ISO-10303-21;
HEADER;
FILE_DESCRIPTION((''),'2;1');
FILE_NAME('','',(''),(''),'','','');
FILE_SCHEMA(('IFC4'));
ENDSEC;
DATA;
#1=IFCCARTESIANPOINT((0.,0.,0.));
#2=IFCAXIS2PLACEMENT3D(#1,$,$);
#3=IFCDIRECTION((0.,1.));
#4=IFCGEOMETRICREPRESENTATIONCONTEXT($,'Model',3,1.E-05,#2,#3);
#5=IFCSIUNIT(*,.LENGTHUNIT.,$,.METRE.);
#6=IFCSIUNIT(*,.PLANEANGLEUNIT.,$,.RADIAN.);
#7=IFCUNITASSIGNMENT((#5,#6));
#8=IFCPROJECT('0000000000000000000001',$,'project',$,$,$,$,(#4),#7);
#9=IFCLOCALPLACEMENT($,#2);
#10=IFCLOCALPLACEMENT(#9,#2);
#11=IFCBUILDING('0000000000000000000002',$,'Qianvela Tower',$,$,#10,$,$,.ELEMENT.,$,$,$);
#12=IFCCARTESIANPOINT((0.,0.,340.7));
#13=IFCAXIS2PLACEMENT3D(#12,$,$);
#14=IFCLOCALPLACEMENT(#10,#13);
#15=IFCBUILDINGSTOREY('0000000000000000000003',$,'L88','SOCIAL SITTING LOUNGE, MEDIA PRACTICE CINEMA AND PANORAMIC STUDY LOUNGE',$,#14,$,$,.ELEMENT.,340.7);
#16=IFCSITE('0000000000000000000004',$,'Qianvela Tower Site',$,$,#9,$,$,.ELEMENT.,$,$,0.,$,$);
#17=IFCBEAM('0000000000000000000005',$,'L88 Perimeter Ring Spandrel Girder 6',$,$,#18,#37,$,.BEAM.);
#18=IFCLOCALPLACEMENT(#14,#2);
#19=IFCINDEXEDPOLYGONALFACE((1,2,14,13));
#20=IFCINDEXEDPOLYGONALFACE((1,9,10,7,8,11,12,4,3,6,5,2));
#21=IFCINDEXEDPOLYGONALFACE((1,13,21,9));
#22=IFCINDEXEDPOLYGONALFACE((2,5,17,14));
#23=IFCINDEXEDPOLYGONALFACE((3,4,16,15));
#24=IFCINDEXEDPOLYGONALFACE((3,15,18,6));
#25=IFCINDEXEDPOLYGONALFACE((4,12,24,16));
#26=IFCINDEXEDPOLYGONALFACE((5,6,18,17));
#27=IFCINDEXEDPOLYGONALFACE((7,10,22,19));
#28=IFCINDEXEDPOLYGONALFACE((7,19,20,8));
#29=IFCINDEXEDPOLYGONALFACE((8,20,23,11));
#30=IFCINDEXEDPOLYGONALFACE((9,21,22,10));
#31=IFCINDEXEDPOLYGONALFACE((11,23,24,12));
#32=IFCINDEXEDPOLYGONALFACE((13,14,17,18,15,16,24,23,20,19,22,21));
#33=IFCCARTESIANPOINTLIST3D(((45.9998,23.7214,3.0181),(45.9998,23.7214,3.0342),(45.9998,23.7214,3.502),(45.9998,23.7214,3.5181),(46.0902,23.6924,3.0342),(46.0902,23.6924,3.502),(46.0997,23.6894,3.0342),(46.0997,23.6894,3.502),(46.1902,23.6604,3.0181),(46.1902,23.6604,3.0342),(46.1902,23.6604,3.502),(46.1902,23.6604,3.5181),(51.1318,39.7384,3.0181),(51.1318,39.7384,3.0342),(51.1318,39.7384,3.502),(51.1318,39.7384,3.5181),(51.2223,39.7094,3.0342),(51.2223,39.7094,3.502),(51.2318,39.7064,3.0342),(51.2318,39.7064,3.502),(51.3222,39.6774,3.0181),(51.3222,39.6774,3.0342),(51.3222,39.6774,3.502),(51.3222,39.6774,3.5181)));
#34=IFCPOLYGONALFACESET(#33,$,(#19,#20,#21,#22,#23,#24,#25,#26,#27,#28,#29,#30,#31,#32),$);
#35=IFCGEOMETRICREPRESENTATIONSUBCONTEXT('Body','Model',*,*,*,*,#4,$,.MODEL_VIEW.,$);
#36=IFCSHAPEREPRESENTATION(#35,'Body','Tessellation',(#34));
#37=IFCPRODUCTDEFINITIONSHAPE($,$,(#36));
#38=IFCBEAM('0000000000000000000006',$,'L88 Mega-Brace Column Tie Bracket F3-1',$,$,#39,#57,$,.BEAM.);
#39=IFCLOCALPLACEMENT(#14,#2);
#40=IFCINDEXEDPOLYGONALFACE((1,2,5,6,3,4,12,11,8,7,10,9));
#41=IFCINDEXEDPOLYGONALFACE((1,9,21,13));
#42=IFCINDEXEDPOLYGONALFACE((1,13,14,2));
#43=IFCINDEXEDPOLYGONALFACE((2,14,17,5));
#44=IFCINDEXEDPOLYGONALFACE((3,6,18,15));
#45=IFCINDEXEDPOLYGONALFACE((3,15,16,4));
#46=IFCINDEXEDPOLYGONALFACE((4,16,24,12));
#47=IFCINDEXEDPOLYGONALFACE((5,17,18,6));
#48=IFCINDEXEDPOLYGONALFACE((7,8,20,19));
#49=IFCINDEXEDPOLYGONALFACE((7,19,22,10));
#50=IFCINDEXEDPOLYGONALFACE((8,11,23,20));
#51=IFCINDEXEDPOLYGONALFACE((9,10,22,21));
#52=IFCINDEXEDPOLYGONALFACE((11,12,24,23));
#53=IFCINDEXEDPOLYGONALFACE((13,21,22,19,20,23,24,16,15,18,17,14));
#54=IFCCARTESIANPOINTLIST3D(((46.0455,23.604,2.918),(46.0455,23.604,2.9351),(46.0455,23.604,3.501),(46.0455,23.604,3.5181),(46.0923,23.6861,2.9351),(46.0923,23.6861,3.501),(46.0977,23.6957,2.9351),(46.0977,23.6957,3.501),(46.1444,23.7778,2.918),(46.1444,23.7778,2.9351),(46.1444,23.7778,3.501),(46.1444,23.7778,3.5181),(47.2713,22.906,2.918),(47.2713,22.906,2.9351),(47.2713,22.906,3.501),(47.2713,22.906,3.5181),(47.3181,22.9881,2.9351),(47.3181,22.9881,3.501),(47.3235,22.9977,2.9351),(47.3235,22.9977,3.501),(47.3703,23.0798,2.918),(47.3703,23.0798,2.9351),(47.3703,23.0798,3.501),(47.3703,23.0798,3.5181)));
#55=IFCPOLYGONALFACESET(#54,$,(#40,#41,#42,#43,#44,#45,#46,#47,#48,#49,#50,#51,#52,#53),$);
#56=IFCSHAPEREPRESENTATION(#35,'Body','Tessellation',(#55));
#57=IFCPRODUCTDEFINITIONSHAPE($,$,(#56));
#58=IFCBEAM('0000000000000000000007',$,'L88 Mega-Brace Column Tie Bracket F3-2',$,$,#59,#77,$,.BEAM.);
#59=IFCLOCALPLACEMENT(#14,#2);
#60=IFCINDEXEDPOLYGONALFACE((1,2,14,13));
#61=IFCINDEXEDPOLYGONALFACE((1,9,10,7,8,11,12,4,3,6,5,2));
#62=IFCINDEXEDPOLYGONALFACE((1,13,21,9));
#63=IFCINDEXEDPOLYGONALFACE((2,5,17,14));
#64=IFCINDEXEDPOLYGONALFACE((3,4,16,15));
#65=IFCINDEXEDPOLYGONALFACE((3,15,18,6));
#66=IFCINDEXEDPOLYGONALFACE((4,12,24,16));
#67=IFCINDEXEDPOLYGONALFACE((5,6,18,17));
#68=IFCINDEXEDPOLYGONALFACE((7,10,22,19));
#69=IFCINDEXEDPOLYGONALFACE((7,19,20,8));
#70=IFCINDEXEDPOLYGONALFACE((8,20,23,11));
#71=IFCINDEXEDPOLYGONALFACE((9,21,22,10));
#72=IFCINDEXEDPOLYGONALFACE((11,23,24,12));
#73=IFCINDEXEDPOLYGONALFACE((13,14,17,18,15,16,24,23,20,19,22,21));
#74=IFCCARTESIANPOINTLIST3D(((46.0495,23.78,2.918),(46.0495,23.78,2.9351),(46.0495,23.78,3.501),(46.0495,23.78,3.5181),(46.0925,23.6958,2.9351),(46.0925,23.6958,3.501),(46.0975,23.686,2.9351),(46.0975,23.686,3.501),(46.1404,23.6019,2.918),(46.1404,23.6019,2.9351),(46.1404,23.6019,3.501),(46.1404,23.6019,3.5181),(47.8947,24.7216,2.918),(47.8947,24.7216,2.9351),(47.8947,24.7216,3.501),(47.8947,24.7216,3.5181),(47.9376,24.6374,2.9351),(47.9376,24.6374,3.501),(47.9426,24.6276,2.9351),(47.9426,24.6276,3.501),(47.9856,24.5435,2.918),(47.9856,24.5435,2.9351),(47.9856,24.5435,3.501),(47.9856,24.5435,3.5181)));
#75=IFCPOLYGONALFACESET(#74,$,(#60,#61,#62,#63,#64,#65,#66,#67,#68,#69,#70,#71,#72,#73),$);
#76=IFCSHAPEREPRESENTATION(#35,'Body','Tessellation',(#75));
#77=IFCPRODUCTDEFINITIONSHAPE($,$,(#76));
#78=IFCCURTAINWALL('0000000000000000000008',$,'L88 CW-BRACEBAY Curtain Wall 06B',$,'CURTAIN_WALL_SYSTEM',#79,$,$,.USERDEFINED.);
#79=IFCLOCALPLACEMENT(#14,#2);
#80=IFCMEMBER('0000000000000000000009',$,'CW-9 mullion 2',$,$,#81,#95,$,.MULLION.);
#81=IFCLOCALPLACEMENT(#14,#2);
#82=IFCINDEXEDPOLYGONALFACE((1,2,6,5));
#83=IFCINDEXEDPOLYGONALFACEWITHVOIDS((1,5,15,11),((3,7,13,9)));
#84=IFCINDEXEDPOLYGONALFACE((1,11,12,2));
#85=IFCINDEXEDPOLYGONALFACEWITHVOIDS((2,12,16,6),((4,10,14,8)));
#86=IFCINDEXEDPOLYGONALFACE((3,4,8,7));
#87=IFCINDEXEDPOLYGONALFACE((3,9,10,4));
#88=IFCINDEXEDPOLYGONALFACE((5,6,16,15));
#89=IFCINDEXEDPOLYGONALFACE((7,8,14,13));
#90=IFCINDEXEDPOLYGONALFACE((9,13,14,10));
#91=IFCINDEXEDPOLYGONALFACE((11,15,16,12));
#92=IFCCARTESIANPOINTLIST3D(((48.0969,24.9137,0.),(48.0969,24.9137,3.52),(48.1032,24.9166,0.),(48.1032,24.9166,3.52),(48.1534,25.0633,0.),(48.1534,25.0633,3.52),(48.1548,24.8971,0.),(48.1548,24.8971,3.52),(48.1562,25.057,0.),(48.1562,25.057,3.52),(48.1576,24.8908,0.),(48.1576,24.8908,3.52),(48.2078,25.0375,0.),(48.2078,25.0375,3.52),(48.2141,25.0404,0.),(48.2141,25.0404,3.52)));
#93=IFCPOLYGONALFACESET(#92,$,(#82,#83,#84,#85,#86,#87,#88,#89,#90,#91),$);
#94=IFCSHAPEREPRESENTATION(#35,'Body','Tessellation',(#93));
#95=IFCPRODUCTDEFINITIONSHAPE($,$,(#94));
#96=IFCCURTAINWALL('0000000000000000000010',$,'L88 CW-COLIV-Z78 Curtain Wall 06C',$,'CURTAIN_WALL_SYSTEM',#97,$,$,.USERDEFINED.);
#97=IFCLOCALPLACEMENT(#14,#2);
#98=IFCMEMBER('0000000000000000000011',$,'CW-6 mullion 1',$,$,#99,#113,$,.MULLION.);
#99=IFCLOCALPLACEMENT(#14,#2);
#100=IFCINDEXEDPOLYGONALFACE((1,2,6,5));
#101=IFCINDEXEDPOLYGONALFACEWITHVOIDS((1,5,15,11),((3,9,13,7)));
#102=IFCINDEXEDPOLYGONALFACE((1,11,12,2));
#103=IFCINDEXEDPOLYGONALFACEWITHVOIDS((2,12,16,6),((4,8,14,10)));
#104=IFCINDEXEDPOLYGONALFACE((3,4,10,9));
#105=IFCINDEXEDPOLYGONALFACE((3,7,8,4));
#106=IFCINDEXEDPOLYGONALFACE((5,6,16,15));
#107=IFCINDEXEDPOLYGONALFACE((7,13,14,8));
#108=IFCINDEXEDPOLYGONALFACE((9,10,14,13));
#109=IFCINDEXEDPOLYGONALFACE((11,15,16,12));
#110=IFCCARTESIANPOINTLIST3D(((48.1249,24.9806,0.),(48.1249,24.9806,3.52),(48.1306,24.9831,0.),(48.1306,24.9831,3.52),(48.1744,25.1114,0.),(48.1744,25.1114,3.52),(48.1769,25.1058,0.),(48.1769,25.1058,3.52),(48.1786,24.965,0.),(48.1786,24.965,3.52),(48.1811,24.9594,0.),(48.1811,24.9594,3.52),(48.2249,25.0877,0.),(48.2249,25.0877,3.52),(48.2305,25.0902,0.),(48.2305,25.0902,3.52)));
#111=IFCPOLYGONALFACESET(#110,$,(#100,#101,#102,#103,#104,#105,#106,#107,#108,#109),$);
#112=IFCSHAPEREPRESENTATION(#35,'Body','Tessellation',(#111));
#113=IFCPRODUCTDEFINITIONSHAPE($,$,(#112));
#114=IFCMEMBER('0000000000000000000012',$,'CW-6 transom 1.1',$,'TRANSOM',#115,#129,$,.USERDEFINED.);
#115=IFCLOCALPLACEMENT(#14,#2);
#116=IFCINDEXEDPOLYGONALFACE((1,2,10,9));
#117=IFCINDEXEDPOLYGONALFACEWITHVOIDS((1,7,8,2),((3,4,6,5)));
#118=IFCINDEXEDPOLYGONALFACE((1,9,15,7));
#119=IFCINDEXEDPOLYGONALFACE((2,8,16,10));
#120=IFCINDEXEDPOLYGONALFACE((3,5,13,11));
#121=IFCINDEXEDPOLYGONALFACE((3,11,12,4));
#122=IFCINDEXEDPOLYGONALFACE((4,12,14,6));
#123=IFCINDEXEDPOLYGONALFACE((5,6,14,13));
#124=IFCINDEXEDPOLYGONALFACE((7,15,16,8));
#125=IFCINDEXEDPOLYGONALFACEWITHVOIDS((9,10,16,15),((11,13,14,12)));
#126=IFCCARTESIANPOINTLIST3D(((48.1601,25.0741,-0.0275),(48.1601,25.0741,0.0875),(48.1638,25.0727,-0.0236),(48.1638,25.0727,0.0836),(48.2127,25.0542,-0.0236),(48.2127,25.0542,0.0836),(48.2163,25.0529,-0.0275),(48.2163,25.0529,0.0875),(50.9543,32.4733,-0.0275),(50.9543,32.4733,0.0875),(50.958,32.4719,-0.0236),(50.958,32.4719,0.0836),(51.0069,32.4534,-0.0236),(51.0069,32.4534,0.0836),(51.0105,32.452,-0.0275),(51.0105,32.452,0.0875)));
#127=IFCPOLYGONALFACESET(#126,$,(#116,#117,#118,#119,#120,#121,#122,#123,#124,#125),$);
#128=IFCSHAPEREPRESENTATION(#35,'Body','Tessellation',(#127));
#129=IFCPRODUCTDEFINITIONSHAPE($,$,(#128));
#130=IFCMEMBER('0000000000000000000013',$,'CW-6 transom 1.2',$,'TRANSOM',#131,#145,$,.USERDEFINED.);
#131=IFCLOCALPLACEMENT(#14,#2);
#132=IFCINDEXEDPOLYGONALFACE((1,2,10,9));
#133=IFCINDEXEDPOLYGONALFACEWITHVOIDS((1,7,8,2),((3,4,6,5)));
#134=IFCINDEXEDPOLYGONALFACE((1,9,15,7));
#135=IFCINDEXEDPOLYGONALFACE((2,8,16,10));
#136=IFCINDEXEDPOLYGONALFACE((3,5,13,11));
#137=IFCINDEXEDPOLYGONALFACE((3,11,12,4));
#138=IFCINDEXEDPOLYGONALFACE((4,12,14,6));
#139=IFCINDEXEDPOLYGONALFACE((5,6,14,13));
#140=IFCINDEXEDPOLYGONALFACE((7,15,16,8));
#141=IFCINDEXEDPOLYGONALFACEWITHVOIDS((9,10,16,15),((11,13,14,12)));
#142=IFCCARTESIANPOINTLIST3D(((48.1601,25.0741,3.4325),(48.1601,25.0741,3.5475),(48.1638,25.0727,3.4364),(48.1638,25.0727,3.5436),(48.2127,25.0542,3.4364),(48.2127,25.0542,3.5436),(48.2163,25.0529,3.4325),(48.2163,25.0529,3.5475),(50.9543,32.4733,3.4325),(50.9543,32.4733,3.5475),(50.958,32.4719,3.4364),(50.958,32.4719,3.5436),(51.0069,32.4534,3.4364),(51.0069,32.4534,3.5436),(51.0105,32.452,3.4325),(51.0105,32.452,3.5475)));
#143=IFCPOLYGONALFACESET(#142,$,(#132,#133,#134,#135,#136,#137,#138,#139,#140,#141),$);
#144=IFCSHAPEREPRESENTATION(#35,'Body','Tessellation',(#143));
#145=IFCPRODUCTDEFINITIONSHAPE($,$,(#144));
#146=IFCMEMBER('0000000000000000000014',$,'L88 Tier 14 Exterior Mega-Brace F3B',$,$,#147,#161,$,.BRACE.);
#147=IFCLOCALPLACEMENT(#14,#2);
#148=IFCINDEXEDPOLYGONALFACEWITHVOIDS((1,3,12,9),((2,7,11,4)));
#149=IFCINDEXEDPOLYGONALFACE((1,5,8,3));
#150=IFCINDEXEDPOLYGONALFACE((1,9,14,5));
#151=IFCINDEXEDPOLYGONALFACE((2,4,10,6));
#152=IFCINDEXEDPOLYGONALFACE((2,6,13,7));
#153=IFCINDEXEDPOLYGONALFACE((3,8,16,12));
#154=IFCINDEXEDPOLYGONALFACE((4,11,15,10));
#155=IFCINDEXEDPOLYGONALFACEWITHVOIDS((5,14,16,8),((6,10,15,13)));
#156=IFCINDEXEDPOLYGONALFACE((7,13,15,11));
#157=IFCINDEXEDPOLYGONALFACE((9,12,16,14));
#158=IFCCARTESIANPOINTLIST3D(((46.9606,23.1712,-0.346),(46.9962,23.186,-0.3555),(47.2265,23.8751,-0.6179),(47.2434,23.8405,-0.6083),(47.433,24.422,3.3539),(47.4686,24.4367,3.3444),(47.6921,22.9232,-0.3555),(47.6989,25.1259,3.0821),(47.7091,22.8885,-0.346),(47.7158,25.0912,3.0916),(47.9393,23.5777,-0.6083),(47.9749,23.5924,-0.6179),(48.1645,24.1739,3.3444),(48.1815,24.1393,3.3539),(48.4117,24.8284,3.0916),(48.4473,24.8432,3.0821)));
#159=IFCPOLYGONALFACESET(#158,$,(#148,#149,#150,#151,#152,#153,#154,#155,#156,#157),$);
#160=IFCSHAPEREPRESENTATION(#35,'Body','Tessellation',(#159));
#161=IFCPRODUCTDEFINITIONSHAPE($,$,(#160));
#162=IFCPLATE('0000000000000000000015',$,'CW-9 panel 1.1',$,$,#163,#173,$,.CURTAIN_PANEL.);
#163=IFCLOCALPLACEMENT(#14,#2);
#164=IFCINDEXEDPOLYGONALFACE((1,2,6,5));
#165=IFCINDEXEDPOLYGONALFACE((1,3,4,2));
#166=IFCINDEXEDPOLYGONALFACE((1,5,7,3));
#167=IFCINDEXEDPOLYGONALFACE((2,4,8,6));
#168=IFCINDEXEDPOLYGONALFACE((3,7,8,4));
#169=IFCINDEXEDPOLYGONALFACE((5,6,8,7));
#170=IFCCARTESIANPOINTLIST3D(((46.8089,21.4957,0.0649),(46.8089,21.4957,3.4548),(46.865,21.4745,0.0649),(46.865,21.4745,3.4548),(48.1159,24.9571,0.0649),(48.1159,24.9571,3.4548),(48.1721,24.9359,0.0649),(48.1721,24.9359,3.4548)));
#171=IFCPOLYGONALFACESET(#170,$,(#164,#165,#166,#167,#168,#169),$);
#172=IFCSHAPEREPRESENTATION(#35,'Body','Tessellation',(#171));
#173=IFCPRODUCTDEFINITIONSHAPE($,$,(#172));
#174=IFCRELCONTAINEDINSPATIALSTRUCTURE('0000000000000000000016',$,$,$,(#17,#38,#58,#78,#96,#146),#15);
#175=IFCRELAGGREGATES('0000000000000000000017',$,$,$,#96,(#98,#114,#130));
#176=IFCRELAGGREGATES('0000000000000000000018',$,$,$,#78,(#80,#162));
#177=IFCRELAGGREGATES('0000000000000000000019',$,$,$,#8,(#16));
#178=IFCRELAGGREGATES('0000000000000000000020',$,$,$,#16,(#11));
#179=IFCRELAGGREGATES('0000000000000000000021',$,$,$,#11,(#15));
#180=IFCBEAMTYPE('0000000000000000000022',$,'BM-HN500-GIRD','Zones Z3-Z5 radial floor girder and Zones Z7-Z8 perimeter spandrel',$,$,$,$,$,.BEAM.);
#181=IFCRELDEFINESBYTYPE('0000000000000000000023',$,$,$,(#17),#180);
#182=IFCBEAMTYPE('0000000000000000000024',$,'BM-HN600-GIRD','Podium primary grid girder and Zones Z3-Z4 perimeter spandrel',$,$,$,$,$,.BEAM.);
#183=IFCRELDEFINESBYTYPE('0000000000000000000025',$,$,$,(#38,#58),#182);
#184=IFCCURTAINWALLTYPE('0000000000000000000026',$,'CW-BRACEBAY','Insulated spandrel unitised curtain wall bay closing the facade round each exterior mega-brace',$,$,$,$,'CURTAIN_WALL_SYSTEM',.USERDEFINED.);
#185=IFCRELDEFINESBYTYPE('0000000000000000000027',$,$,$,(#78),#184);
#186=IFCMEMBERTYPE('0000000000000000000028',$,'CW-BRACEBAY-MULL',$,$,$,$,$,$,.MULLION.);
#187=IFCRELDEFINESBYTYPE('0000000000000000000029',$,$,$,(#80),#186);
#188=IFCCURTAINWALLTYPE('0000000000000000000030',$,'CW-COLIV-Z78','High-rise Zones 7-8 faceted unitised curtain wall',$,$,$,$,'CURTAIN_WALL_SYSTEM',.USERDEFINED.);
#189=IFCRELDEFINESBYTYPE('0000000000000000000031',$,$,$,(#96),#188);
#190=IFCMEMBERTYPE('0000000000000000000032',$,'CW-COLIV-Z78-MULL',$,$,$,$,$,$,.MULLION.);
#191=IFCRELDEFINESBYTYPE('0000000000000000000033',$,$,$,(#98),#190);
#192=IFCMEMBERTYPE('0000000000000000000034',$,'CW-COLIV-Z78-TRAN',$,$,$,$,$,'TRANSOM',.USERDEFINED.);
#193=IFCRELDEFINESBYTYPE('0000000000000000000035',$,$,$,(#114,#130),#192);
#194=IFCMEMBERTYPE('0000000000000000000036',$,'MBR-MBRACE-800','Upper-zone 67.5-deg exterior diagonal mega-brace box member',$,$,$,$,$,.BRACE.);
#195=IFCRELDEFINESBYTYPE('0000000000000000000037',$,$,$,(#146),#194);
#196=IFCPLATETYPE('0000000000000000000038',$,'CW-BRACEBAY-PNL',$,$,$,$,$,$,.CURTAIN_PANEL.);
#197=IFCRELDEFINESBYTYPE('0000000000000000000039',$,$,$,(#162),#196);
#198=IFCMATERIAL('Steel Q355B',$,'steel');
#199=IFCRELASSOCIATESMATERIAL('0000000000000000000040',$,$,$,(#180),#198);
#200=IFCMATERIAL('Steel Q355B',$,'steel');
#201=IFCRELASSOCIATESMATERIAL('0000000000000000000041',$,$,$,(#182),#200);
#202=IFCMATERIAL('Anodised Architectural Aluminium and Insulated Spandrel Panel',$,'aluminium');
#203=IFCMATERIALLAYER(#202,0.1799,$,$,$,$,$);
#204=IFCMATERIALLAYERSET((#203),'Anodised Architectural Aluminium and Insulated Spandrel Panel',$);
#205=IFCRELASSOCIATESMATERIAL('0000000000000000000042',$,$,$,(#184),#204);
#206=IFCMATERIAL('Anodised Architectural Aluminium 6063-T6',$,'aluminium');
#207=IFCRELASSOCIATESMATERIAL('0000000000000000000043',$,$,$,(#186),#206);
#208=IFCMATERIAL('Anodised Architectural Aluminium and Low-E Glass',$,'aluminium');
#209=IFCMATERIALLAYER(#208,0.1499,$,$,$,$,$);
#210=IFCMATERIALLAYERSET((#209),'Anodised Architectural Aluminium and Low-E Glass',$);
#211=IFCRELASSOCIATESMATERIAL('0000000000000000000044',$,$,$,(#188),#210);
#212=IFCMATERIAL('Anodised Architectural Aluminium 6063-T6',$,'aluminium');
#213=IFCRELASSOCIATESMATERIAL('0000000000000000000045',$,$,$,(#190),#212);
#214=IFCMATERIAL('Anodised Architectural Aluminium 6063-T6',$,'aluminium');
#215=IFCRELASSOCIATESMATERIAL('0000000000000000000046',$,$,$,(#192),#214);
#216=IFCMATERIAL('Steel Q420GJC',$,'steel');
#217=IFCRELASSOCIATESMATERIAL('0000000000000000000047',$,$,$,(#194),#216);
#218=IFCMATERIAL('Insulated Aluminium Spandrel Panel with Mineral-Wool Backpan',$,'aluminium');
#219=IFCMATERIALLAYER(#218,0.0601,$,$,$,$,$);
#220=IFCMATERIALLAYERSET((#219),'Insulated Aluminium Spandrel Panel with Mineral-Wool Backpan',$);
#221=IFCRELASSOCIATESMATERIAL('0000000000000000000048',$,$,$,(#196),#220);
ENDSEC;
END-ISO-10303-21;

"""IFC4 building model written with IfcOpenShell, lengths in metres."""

from ifc_helpers import new_model, si_unit, direction, frame, origin, origin_2d, place, context, subcontext, project, spatial, rectangle, hollow_rectangle, i_section, extrude, material, layer, layer_set, material_profile, profile_set, type_object, element, aggregate, save


model = new_model("IFC4")

# Units and contexts
model_context = context("Model", 3, precision=1e-05, world=origin(), true_north=direction((0.0, 1.0)))
body_context = subcontext(model_context, "Body", "Model", "MODEL_VIEW")
ifc_project = project(units=[si_unit("LENGTHUNIT", "METRE"), si_unit("PLANEANGLEUNIT", "RADIAN")], contexts=[model_context])

# Site, building, storey
site_placement = place(None, origin())
site = spatial("IfcSite", under=ifc_project, at=site_placement, Name="Qianvela Tower Site", CompositionType="ELEMENT", RefElevation=0.0)
building_placement = place(site_placement, origin())
building = spatial("IfcBuilding", under=site, at=building_placement, Name="Qianvela Tower", CompositionType="ELEMENT")
storey_placement = place(building_placement, frame((0.0, 0.0, 340.7)))
storey = spatial("IfcBuildingStorey", under=building, at=storey_placement, Name="L88", Description="SOCIAL SITTING LOUNGE, MEDIA PRACTICE CINEMA AND PANORAMIC STUDY LOUNGE", CompositionType="ELEMENT", Elevation=340.7)

# Beams
ifc_material_1 = material(Name="Steel Q355B", Category="steel")
ifc_material_profile_1 = material_profile(ifc_material_1, i_section(OverallWidth=0.2, OverallDepth=0.5, WebThickness=0.01, FlangeThickness=0.0161, at=origin_2d()), Name="HN500x200x10x16")
ifc_profile_set_1 = profile_set([ifc_material_profile_1], Name="Steel Q355B")
beam_type_1 = type_object("IfcBeamType", Name="BM-HN500-GIRD", Description="Zones Z3-Z5 radial floor girder and Zones Z7-Z8 perimeter spandrel", PredefinedType="BEAM", material=ifc_profile_set_1)
beam_1_placement = place(storey_placement, frame((46.095, 23.6909, 3.2681), z_axis=(0.305132, 0.95231, 0.0), x_axis=(-0.95231, 0.305132, 0.0)))
element("IfcBeam", 1, at=beam_1_placement, inside=storey, type_object=beam_type_1, Name="L88 Perimeter Ring Spandrel Girder 6", PredefinedType="BEAM", context=body_context, shape_type="SweptSolid", body=[
    extrude(i_section(OverallWidth=0.2, OverallDepth=0.5, WebThickness=0.01, FlangeThickness=0.0161, at=origin_2d()), origin(), (0.0, 0.0, 1.0), 16.8191),
])
ifc_material_2 = material(Name="Steel Q355B", Category="steel")
ifc_material_profile_2 = material_profile(ifc_material_2, i_section(OverallWidth=0.2, OverallDepth=0.6001, WebThickness=0.011, FlangeThickness=0.0171, at=origin_2d()), Name="HN600x200x11x17")
ifc_profile_set_2 = profile_set([ifc_material_profile_2], Name="Steel Q355B")
beam_type_2 = type_object("IfcBeamType", Name="BM-HN600-GIRD", Description="Podium primary grid girder and Zones Z3-Z4 perimeter spandrel", PredefinedType="BEAM", material=ifc_profile_set_2)
beam_2_placement = place(storey_placement, frame((46.095, 23.6909, 3.218), z_axis=(0.868998, -0.494815, 0.0), x_axis=(0.494815, 0.868998, 0.0)))
element("IfcBeam", 2, at=beam_2_placement, inside=storey, type_object=beam_type_2, Name="L88 Mega-Brace Column Tie Bracket F3-1", PredefinedType="BEAM", context=body_context, shape_type="SweptSolid", body=[
    extrude(i_section(OverallWidth=0.2, OverallDepth=0.6001, WebThickness=0.011, FlangeThickness=0.0171, at=origin_2d()), origin(), (0.0, 0.0, 1.0), 1.4106),
])
beam_3_placement = place(storey_placement, frame((46.095, 23.6909, 3.218), z_axis=(0.89072, 0.454552, 0.0), x_axis=(-0.454552, 0.89072, 0.0)))
element("IfcBeam", 3, at=beam_3_placement, inside=storey, type_object=beam_type_2, Name="L88 Mega-Brace Column Tie Bracket F3-2", PredefinedType="BEAM", context=body_context, shape_type="SweptSolid", body=[
    extrude(i_section(OverallWidth=0.2, OverallDepth=0.6001, WebThickness=0.011, FlangeThickness=0.0171, at=origin_2d()), origin(), (0.0, 0.0, 1.0), 2.0715),
])

# Curtain wall, member
ifc_material_3 = material(Name="Anodised Architectural Aluminium and Insulated Spandrel Panel", Category="aluminium")
ifc_layer_1 = layer(ifc_material_3, 0.1799)
ifc_layer_set_1 = layer_set([ifc_layer_1], Name="Anodised Architectural Aluminium and Insulated Spandrel Panel")
curtain_wall_type_1 = type_object("IfcCurtainWallType", Name="CW-BRACEBAY", Description="Insulated spandrel unitised curtain wall bay closing the facade round each exterior mega-brace", ElementType="CURTAIN_WALL_SYSTEM", PredefinedType="USERDEFINED", material=ifc_layer_set_1)
curtain_wall_1_placement = place(storey_placement, origin())
curtain_wall_1 = element("IfcCurtainWall", 4, at=curtain_wall_1_placement, inside=storey, type_object=curtain_wall_type_1, Name="L88 CW-BRACEBAY Curtain Wall 06B", ObjectType="CURTAIN_WALL_SYSTEM", PredefinedType="USERDEFINED")
ifc_material_4 = material(Name="Anodised Architectural Aluminium 6063-T6", Category="aluminium")
ifc_material_profile_3 = material_profile(ifc_material_4, hollow_rectangle(XDim=0.0649, YDim=0.1599, WallThickness=0.0049, at=origin_2d()), Name="ALU-MULL-65x160")
ifc_profile_set_3 = profile_set([ifc_material_profile_3], Name="Anodised Architectural Aluminium 6063-T6")
member_type_1 = type_object("IfcMemberType", Name="CW-BRACEBAY-MULL", PredefinedType="MULLION", material=ifc_profile_set_3)
member_1_placement = place(storey_placement, frame((48.1555, 24.9771, 0.0), z_axis=(0.0, 0.0, 1.0), x_axis=(-0.935525, 0.35326, 0.0)))
member_1 = element("IfcMember", 5, at=member_1_placement, type_object=member_type_1, Name="CW-9 mullion 2", PredefinedType="MULLION", context=body_context, shape_type="SweptSolid", body=[
    extrude(hollow_rectangle(XDim=0.0649, YDim=0.1599, WallThickness=0.0049, at=origin_2d()), origin(), (0.0, 0.0, 1.0), 3.52),
])

# Curtain wall, members
ifc_material_5 = material(Name="Anodised Architectural Aluminium and Low-E Glass", Category="aluminium")
ifc_layer_2 = layer(ifc_material_5, 0.1499)
ifc_layer_set_2 = layer_set([ifc_layer_2], Name="Anodised Architectural Aluminium and Low-E Glass")
curtain_wall_type_2 = type_object("IfcCurtainWallType", Name="CW-COLIV-Z78", Description="High-rise Zones 7-8 faceted unitised curtain wall", ElementType="CURTAIN_WALL_SYSTEM", PredefinedType="USERDEFINED", material=ifc_layer_set_2)
curtain_wall_2_placement = place(storey_placement, origin())
curtain_wall_2 = element("IfcCurtainWall", 6, at=curtain_wall_2_placement, inside=storey, type_object=curtain_wall_type_2, Name="L88 CW-COLIV-Z78 Curtain Wall 06C", ObjectType="CURTAIN_WALL_SYSTEM", PredefinedType="USERDEFINED")
ifc_material_6 = material(Name="Anodised Architectural Aluminium 6063-T6", Category="aluminium")
ifc_material_profile_4 = material_profile(ifc_material_6, hollow_rectangle(XDim=0.0601, YDim=0.1399, WallThickness=0.0044, at=origin_2d()), Name="ALU-MULL-60x140")
ifc_profile_set_4 = profile_set([ifc_material_profile_4], Name="Anodised Architectural Aluminium 6063-T6")
member_type_2 = type_object("IfcMemberType", Name="CW-COLIV-Z78-MULL", PredefinedType="MULLION", material=ifc_profile_set_4)
member_2_placement = place(storey_placement, frame((48.1777, 25.0354, 0.0), z_axis=(0.0, 0.0, 1.0), x_axis=(-0.935524, 0.353262, 0.0)))
member_2 = element("IfcMember", 7, at=member_2_placement, type_object=member_type_2, Name="CW-6 mullion 1", PredefinedType="MULLION", context=body_context, shape_type="SweptSolid", body=[
    extrude(hollow_rectangle(XDim=0.0601, YDim=0.1399, WallThickness=0.0044, at=origin_2d()), origin(), (0.0, 0.0, 1.0), 3.52),
])
ifc_material_7 = material(Name="Anodised Architectural Aluminium 6063-T6", Category="aluminium")
ifc_material_profile_5 = material_profile(ifc_material_7, hollow_rectangle(XDim=0.0601, YDim=0.115, WallThickness=0.0039, at=origin_2d()), Name="ALU-TRAN-60x115")
ifc_profile_set_5 = profile_set([ifc_material_profile_5], Name="Anodised Architectural Aluminium 6063-T6")
member_type_3 = type_object("IfcMemberType", Name="CW-COLIV-Z78-TRAN", ElementType="TRANSOM", PredefinedType="USERDEFINED", material=ifc_profile_set_5)
member_3_placement = place(storey_placement, frame((48.1882, 25.0635, 0.03), z_axis=(0.353284, 0.935516, 0.0), x_axis=(-0.935516, 0.353284, 0.0)))
member_3 = element("IfcMember", 8, at=member_3_placement, type_object=member_type_3, Name="CW-6 transom 1.1", ObjectType="TRANSOM", PredefinedType="USERDEFINED", context=body_context, shape_type="SweptSolid", body=[
    extrude(hollow_rectangle(XDim=0.0601, YDim=0.115, WallThickness=0.0039, at=origin_2d()), origin(), (0.0, 0.0, 1.0), 7.9092),
])
member_4_placement = place(storey_placement, frame((48.1882, 25.0635, 3.49), z_axis=(0.353284, 0.935516, 0.0), x_axis=(-0.935516, 0.353284, 0.0)))
member_4 = element("IfcMember", 9, at=member_4_placement, type_object=member_type_3, Name="CW-6 transom 1.2", ObjectType="TRANSOM", PredefinedType="USERDEFINED", context=body_context, shape_type="SweptSolid", body=[
    extrude(hollow_rectangle(XDim=0.0601, YDim=0.115, WallThickness=0.0039, at=origin_2d()), origin(), (0.0, 0.0, 1.0), 7.9092),
])
aggregate(curtain_wall_2, [member_2, member_3, member_4])

# Member
ifc_material_8 = material(Name="Steel Q420GJC", Category="steel")
ifc_material_profile_6 = material_profile(ifc_material_8, hollow_rectangle(XDim=0.8, YDim=0.8, WallThickness=0.0281, at=origin_2d()), Name="MBOX-800x800x28")
ifc_profile_set_6 = profile_set([ifc_material_profile_6], Name="Steel Q420GJC")
member_type_4 = type_object("IfcMemberType", Name="MBR-MBRACE-800", Description="Upper-zone 67.5-deg exterior diagonal mega-brace box member", PredefinedType="BRACE", material=ifc_profile_set_6)
member_5_placement = place(storey_placement, frame((47.4678, 23.3818, -0.4819), z_axis=(0.120081, 0.317921, 0.940482), x_axis=(-0.935494, 0.353344, 0.0)))
element("IfcMember", 10, at=member_5_placement, inside=storey, type_object=member_type_4, Name="L88 Tier 14 Exterior Mega-Brace F3B", PredefinedType="BRACE", context=body_context, shape_type="SweptSolid", body=[
    extrude(hollow_rectangle(XDim=0.8, YDim=0.8, WallThickness=0.0281, at=origin_2d()), origin(), (0.0, 0.0, 1.0), 3.9341),
])

# Plate
ifc_material_9 = material(Name="Insulated Aluminium Spandrel Panel with Mineral-Wool Backpan", Category="aluminium")
ifc_layer_3 = layer(ifc_material_9, 0.0601)
ifc_layer_set_3 = layer_set([ifc_layer_3], Name="Insulated Aluminium Spandrel Panel with Mineral-Wool Backpan")
plate_type_1 = type_object("IfcPlateType", Name="CW-BRACEBAY-PNL", PredefinedType="CURTAIN_PANEL", material=ifc_layer_set_3)
plate_placement = place(storey_placement, frame((47.4905, 23.2158, 0.0649), z_axis=(0.0, 0.0, 1.0), x_axis=(0.35326, 0.935525, 0.0)))
plate = element("IfcPlate", 11, at=plate_placement, type_object=plate_type_1, Name="CW-9 panel 1.1", PredefinedType="CURTAIN_PANEL", context=body_context, shape_type="SweptSolid", body=[
    extrude(rectangle(XDim=3.7, YDim=0.0601, at=origin_2d()), origin(), (0.0, 0.0, 1.0), 3.3899),
])
aggregate(curtain_wall_1, [member_1, plate])

save(model, "model.ifc")
